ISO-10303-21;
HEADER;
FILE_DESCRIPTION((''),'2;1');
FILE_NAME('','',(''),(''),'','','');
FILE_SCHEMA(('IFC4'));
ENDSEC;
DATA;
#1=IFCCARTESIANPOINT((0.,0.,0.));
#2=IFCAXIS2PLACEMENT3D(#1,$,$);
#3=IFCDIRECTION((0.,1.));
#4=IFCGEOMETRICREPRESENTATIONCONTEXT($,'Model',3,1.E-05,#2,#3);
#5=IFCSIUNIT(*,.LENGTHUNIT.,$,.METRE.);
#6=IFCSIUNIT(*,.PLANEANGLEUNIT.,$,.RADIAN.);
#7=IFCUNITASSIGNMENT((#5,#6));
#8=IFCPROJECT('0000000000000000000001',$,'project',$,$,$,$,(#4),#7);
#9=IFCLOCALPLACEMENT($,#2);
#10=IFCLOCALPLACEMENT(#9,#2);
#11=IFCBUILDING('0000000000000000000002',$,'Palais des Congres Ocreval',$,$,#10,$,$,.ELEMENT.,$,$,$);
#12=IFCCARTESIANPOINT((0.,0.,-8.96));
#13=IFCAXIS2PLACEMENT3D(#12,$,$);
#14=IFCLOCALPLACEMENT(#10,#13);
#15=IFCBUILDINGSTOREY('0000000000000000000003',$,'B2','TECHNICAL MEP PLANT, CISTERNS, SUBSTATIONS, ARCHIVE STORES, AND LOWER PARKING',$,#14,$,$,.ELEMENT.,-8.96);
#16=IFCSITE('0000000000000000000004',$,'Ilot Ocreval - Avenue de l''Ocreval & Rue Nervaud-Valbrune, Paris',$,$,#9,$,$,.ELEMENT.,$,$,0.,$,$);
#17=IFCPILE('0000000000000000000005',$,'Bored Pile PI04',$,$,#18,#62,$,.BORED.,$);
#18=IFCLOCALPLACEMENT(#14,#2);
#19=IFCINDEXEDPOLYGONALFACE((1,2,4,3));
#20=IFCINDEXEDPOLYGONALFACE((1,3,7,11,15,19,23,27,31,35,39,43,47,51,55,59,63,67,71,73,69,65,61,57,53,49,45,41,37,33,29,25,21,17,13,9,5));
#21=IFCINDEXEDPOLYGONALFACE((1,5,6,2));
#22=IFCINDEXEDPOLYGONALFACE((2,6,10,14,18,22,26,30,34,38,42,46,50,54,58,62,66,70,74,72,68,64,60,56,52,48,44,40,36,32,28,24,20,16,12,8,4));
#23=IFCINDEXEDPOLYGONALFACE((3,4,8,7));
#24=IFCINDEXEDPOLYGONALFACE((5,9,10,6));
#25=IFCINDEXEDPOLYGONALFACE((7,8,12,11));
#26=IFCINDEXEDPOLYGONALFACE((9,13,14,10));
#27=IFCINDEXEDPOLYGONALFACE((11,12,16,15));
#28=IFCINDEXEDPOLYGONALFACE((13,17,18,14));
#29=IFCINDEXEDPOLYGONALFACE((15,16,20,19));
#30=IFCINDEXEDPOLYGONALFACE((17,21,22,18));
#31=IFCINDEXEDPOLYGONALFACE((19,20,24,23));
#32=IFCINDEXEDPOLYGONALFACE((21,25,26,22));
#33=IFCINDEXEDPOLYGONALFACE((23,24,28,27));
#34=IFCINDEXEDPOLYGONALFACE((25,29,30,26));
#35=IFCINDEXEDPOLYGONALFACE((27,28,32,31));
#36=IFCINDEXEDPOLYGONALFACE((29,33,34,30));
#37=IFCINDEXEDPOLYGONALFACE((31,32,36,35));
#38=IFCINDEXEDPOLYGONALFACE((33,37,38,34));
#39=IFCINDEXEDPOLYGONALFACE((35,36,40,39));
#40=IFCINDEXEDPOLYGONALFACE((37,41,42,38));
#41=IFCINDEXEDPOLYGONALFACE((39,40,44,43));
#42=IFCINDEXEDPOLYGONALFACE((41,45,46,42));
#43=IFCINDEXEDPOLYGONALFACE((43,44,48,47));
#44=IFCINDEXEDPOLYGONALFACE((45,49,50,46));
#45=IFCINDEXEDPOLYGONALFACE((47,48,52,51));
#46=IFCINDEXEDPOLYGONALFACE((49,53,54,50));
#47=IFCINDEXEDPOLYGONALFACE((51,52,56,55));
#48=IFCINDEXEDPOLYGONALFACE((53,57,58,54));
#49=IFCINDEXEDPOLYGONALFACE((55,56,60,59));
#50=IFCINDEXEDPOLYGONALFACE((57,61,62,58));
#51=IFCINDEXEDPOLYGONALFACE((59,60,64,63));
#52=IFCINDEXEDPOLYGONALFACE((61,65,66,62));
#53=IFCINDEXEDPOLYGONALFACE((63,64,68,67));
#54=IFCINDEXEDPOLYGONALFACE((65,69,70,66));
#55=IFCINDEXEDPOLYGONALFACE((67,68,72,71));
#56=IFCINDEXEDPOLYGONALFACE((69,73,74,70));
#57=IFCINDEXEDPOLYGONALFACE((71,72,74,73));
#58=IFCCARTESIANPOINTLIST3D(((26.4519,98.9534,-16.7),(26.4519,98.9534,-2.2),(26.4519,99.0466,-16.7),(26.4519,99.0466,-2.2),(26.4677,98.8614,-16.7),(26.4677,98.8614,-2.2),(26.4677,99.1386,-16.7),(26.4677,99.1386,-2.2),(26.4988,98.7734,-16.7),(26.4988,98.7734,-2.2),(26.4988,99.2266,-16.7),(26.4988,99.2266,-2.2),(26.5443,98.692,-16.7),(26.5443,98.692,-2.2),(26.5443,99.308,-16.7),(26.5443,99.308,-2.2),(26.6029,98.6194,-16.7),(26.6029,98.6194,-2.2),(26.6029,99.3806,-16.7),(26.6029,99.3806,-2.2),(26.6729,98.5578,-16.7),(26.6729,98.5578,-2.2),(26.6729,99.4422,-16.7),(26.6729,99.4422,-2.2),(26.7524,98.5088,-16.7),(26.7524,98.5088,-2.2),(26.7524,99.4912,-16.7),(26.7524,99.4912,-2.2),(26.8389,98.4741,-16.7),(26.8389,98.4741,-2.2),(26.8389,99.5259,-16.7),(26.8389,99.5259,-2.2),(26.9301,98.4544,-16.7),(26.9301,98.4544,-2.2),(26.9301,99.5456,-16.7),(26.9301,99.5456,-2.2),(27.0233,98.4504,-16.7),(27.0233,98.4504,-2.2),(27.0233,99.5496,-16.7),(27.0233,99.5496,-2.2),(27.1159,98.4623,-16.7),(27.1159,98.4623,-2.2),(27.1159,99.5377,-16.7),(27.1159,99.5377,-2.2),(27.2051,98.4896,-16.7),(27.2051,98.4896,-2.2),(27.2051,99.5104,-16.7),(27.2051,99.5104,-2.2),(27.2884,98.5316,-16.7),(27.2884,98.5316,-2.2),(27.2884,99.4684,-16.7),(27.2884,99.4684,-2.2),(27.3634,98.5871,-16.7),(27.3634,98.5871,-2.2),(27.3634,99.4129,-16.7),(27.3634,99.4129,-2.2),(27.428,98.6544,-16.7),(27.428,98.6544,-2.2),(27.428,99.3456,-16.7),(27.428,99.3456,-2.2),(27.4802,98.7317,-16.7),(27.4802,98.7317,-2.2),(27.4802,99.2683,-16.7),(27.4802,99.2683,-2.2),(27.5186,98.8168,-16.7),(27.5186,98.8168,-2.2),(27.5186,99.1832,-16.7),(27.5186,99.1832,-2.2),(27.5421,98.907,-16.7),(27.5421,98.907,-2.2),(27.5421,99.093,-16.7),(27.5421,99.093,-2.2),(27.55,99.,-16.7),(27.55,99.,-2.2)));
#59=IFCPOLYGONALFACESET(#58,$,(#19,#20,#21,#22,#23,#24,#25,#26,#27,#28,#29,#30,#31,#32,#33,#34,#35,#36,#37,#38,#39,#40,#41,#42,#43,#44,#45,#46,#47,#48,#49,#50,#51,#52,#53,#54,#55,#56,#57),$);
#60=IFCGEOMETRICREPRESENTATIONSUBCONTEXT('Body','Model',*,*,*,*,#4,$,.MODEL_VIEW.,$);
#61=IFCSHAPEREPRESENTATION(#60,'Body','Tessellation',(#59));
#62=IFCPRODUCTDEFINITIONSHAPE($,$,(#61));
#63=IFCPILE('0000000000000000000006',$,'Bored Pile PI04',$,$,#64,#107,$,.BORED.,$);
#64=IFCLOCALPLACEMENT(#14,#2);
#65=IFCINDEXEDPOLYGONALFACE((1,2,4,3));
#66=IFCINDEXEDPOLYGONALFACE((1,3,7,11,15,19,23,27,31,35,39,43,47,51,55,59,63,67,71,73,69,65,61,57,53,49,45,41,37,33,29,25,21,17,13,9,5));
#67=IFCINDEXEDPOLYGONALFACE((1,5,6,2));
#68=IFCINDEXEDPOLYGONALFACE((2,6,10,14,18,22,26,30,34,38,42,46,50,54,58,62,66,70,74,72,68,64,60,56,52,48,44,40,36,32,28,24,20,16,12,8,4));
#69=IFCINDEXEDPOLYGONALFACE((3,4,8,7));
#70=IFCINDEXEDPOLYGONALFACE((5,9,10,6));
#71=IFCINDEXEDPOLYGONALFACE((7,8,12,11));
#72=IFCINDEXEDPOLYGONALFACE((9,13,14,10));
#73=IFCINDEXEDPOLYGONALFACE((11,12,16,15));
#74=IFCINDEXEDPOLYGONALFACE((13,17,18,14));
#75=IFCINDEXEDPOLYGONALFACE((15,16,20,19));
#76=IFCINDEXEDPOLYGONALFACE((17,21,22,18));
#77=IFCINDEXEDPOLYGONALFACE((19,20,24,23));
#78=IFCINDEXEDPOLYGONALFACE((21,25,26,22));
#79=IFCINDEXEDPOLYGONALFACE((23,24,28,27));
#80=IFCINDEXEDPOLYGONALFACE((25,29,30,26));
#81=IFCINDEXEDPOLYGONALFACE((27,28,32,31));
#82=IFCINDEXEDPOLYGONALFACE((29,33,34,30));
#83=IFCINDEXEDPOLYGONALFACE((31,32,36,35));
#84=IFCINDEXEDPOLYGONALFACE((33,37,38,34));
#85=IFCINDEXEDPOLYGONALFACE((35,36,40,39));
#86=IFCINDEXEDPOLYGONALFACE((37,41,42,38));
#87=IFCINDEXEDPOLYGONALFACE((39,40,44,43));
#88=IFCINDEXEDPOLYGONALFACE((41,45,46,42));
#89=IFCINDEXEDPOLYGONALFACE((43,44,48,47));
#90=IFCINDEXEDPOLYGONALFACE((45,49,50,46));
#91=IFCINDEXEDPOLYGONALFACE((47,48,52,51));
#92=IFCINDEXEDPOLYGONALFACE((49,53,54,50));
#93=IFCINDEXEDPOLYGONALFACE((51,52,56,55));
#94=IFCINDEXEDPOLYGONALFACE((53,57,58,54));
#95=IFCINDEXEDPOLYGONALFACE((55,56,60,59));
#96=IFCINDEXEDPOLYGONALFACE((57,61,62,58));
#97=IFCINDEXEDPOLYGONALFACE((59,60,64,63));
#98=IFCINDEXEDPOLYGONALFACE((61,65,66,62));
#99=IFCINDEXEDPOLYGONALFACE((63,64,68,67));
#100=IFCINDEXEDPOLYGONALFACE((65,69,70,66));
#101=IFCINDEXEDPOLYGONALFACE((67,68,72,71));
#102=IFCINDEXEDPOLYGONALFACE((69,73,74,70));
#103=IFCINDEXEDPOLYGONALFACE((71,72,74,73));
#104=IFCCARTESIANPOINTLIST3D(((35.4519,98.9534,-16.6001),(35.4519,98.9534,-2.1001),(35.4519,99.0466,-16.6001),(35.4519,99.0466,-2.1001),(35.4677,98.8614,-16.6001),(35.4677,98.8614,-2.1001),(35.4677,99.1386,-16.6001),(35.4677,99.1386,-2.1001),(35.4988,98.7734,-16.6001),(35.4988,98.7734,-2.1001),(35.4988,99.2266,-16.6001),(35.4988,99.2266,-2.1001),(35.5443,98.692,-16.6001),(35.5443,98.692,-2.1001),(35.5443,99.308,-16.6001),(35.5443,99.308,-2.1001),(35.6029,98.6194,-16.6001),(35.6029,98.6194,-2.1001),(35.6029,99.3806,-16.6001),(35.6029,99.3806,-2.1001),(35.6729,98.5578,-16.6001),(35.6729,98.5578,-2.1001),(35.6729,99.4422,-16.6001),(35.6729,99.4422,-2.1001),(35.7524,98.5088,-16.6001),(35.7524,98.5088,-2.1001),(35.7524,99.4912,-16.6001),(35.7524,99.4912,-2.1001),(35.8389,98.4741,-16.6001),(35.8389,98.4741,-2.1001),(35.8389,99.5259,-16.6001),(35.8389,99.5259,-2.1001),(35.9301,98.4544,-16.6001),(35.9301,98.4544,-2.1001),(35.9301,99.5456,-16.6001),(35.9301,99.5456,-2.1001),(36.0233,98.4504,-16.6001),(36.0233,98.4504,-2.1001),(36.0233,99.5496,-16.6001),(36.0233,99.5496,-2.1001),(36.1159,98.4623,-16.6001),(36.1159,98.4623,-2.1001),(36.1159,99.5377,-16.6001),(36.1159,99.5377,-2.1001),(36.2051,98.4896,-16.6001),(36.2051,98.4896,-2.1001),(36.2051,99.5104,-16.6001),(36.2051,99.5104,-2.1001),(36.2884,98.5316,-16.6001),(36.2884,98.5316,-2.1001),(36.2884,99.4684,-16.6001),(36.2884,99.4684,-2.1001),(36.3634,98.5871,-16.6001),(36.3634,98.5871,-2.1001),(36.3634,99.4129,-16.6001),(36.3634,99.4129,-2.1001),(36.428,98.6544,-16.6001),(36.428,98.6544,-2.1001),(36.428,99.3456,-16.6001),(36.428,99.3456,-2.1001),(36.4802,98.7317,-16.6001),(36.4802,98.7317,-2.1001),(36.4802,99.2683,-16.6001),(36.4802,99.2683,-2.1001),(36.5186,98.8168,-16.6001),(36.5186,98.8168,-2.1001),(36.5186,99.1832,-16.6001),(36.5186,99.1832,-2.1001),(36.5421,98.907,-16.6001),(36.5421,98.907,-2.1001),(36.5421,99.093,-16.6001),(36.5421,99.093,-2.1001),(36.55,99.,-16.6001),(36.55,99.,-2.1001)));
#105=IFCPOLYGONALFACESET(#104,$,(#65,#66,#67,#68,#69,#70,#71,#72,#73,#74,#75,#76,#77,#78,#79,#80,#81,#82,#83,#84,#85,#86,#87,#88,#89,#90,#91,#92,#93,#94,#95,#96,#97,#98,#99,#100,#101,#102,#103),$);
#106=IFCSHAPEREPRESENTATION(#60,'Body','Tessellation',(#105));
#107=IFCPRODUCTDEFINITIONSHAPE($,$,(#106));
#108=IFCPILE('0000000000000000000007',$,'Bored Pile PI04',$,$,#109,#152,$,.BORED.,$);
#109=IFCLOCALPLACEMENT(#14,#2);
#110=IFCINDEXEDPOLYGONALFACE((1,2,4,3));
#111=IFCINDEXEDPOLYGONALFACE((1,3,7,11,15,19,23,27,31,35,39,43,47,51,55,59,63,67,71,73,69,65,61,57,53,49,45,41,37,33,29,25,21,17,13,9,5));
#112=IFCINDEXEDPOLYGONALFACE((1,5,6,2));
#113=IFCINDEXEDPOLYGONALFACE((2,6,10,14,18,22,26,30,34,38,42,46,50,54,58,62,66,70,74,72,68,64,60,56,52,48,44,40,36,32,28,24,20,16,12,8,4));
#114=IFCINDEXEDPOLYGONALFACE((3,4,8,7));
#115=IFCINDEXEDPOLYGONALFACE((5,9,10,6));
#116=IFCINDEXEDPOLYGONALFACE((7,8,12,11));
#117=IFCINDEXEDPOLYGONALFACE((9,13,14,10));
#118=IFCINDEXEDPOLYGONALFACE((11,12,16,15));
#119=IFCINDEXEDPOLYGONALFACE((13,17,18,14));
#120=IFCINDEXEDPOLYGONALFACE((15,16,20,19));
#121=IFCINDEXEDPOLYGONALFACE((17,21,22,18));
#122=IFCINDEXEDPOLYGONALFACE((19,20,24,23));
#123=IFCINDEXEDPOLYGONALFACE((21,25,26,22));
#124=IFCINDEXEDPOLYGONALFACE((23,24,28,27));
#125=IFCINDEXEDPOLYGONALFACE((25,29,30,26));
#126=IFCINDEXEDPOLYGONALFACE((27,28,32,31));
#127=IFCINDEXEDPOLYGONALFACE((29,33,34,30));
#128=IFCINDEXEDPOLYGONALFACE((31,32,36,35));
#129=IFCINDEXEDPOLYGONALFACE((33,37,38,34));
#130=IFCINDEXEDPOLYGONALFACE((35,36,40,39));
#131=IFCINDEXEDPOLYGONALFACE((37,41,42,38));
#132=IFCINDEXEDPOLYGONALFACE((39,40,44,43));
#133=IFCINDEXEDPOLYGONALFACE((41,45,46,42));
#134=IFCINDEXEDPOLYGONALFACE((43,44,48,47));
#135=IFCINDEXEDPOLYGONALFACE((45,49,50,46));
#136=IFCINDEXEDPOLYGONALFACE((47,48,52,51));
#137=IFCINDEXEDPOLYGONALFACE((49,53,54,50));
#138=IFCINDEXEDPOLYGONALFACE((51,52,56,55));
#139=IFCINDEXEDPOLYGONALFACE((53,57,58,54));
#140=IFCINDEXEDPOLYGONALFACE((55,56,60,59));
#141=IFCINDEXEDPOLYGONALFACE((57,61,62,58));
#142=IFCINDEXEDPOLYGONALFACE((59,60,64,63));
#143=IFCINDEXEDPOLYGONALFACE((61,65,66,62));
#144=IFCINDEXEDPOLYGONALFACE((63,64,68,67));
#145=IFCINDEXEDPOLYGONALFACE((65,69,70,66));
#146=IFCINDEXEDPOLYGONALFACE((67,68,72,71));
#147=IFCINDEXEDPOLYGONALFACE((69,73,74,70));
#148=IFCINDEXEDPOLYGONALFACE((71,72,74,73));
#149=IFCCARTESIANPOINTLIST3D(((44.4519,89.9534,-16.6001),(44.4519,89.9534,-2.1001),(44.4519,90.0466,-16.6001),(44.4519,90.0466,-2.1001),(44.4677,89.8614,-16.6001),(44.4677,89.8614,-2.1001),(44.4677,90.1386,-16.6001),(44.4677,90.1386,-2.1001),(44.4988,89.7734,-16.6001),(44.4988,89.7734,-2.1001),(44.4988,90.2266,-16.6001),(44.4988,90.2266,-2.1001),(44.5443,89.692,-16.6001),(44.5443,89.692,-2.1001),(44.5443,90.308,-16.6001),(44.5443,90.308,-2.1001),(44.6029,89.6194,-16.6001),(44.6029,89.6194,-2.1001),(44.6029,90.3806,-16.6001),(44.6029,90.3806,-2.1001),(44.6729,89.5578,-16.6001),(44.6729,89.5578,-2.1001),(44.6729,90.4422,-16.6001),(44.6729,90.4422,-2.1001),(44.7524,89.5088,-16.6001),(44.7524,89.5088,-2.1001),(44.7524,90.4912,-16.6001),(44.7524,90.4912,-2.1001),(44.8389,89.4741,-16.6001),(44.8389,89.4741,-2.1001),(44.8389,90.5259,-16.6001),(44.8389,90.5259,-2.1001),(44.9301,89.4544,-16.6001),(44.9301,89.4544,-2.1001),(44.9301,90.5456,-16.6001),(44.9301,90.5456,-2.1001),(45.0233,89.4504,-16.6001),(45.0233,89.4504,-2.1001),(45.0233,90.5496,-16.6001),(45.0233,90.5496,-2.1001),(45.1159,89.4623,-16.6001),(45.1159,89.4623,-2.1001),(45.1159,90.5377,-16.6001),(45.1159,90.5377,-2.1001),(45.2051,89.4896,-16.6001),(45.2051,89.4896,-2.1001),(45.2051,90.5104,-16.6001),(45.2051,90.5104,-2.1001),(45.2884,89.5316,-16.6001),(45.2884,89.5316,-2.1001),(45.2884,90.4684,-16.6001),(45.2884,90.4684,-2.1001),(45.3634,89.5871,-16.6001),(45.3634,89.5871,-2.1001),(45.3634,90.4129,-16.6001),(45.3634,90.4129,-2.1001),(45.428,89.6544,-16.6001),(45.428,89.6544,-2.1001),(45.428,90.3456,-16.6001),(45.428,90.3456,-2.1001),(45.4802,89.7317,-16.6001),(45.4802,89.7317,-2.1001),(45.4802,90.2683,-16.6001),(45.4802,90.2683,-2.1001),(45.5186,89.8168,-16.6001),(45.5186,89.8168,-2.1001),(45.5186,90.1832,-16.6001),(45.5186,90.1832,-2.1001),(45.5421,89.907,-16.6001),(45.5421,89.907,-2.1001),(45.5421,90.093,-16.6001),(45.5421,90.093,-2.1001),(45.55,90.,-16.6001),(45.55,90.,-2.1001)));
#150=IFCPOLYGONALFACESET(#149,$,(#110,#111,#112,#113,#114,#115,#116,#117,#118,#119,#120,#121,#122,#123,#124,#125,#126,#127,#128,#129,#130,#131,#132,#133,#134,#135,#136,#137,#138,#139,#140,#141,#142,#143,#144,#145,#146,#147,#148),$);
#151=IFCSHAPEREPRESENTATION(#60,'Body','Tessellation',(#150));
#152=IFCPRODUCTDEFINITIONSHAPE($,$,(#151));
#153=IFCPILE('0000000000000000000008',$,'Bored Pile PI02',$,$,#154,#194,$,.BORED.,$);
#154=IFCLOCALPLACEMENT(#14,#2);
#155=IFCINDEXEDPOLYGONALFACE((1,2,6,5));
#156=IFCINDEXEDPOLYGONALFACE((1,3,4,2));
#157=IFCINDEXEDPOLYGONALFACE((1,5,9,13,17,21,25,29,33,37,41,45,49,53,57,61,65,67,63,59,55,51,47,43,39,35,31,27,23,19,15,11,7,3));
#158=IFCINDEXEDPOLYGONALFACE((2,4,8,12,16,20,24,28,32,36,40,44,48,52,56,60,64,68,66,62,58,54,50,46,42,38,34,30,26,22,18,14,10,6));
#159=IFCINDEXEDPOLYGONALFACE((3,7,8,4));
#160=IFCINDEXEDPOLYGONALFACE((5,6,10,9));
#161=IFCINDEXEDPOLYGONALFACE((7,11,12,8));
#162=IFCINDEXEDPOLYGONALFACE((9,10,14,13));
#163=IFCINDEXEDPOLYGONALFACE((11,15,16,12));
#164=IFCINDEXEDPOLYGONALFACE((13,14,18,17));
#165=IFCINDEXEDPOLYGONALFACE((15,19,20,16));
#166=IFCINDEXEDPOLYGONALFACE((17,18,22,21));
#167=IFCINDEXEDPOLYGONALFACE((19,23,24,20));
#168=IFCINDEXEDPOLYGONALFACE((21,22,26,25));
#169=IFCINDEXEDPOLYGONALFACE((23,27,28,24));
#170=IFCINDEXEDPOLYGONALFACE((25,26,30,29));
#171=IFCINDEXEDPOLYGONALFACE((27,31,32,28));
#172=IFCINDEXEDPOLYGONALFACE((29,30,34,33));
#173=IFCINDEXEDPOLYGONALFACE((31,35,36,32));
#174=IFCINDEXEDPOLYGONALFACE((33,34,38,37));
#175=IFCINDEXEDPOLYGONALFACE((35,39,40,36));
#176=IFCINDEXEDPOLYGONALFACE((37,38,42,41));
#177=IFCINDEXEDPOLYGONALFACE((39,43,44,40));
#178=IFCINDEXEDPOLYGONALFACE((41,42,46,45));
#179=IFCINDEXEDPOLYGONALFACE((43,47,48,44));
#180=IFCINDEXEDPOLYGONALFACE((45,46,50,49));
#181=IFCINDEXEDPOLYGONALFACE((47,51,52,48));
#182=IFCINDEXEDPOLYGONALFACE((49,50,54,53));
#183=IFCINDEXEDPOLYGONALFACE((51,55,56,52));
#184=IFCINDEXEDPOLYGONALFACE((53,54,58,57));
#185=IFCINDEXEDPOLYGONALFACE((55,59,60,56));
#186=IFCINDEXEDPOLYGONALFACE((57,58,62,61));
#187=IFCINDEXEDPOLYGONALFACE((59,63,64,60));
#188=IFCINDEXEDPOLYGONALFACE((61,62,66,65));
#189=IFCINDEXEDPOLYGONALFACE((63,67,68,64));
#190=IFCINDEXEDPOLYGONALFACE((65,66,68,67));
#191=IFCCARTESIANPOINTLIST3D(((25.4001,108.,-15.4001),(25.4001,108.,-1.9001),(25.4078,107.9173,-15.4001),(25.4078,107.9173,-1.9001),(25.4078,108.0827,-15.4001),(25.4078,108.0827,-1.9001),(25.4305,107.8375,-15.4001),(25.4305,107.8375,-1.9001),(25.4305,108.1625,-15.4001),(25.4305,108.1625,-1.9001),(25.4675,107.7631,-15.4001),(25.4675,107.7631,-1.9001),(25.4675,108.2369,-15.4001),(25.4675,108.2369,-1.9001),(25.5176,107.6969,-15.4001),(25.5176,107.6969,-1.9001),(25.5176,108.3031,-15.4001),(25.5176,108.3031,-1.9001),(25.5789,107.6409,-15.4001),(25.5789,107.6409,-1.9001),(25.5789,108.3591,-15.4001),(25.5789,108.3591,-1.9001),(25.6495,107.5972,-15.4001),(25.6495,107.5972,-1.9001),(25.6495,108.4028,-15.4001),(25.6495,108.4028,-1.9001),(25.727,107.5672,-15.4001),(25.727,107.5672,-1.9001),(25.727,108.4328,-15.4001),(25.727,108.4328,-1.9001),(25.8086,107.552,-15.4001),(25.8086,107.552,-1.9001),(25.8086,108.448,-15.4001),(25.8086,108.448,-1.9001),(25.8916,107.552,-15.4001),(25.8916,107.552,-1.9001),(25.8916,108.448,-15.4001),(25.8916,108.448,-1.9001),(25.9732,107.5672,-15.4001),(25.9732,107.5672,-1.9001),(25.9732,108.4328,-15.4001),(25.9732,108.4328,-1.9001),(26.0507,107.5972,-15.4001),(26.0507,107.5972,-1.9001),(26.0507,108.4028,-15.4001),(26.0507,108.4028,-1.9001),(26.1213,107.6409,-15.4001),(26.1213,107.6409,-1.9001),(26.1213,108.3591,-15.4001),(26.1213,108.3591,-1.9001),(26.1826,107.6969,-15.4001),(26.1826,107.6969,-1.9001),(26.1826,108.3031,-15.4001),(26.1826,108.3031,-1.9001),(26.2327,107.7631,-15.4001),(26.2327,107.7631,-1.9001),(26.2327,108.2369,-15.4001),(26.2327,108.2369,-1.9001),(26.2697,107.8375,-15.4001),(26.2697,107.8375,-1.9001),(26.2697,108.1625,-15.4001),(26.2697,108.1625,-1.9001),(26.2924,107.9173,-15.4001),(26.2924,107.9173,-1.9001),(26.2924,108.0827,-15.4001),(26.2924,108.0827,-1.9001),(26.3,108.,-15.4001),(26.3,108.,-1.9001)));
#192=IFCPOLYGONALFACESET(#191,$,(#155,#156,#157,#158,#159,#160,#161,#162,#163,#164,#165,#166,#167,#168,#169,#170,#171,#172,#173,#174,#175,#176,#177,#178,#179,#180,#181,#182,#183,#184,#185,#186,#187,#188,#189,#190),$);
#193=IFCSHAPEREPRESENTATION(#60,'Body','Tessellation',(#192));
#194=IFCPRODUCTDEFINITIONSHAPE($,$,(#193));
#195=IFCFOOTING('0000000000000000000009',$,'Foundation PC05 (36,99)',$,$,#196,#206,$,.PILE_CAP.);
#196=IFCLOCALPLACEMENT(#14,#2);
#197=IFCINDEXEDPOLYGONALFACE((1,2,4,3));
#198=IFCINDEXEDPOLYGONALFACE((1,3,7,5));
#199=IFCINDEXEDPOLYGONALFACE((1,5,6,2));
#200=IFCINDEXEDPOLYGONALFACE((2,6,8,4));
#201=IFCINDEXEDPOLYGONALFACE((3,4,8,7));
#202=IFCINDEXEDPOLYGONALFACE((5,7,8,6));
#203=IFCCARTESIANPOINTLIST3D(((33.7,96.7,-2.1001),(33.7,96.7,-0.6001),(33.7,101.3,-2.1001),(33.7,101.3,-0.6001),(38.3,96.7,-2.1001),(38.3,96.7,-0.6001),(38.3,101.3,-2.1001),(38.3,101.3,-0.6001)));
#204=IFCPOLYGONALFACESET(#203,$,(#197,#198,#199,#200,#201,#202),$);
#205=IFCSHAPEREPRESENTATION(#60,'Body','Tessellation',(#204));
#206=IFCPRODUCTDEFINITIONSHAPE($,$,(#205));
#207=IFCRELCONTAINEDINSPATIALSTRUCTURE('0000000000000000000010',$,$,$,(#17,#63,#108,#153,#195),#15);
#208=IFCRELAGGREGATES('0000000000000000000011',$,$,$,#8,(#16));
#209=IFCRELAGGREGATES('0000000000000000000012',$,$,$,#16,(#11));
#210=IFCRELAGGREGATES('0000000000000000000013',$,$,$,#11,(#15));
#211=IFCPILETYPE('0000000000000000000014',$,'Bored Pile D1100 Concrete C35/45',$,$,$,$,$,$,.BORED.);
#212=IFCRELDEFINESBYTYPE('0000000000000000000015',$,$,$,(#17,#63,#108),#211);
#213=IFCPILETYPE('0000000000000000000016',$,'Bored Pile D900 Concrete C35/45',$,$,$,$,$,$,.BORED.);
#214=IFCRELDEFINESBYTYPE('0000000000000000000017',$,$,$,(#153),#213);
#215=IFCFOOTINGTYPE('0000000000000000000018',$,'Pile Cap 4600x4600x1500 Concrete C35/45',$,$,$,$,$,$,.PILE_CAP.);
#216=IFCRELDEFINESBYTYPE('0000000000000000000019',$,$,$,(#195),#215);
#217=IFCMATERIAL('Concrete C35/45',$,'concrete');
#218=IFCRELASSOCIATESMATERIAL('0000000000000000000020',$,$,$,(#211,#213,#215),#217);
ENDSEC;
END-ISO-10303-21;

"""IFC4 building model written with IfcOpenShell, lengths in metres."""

from ifc_helpers import new_model, si_unit, direction, frame, origin, origin_2d, place, context, subcontext, project, spatial, rectangle, circle, extrude, material, material_profile, profile_set, type_object, element, save


model = new_model("IFC4")

# Units and contexts
model_context = context("Model", 3, precision=1e-05, world=origin(), true_north=direction((0.0, 1.0)))
body_context = subcontext(model_context, "Body", "Model", "MODEL_VIEW")
ifc_project = project(units=[si_unit("LENGTHUNIT", "METRE"), si_unit("PLANEANGLEUNIT", "RADIAN")], contexts=[model_context])

# Site, building, storey
site_placement = place(None, origin())
site = spatial("IfcSite", under=ifc_project, at=site_placement, Name="Ilot Ocreval - Avenue de l'Ocreval & Rue Nervaud-Valbrune, Paris", CompositionType="ELEMENT", RefElevation=0.0)
building_placement = place(site_placement, origin())
building = spatial("IfcBuilding", under=site, at=building_placement, Name="Palais des Congres Ocreval", CompositionType="ELEMENT")
storey_placement = place(building_placement, frame((0.0, 0.0, -8.96)))
storey = spatial("IfcBuildingStorey", under=building, at=storey_placement, Name="B2", Description="TECHNICAL MEP PLANT, CISTERNS, SUBSTATIONS, ARCHIVE STORES, AND LOWER PARKING", CompositionType="ELEMENT", Elevation=-8.96)

# Piles
ifc_material_1 = material(Name="Concrete C35/45", Category="concrete")
ifc_material_profile_1 = material_profile(ifc_material_1, circle(Radius=0.55, at=origin_2d()), Name="BORED PILE 1100")
ifc_profile_set_1 = profile_set([ifc_material_profile_1], Name="Concrete C35/45")
pile_type_1 = type_object("IfcPileType", Name="Bored Pile D1100 Concrete C35/45", PredefinedType="BORED", material=ifc_profile_set_1)
for number, where, z_axis, x_axis, name in (
    (1, (27.0, 99.0, -2.2), (0.0, 0.0, -1.0), (1.0, 0.0, 0.0), "Bored Pile PI04"),
    (2, (36.0, 99.0, -2.1001), (0.0, 0.0, -1.0), (1.0, 0.0, 0.0), "Bored Pile PI04"),
    (3, (45.0, 90.0, -2.1001), (0.0, 0.0, -1.0), (1.0, 0.0, 0.0), "Bored Pile PI04"),
):
    element("IfcPile", number, at=place(storey_placement, frame(where, z_axis=z_axis, x_axis=x_axis)), inside=storey, type_object=pile_type_1, Name=name, PredefinedType="BORED", context=body_context, shape_type="SweptSolid", body=[
        extrude(circle(Radius=0.55, at=origin_2d()), origin(), (0.0, 0.0, 1.0), 14.5),
    ])
ifc_material_profile_2 = material_profile(ifc_material_1, circle(Radius=0.45, at=origin_2d()), Name="BORED PILE 900")
ifc_profile_set_2 = profile_set([ifc_material_profile_2], Name="Concrete C35/45")
pile_type_2 = type_object("IfcPileType", Name="Bored Pile D900 Concrete C35/45", PredefinedType="BORED", material=ifc_profile_set_2)
pile_placement = place(storey_placement, frame((25.8501, 108.0, -1.9001), z_axis=(0.0, 0.0, -1.0), x_axis=(1.0, 0.0, 0.0)))
element("IfcPile", 4, at=pile_placement, inside=storey, type_object=pile_type_2, Name="Bored Pile PI02", PredefinedType="BORED", context=body_context, shape_type="SweptSolid", body=[
    extrude(circle(Radius=0.45, at=origin_2d()), origin(), (0.0, 0.0, 1.0), 13.5),
])

# Footing
footing_type_1 = type_object("IfcFootingType", Name="Pile Cap 4600x4600x1500 Concrete C35/45", PredefinedType="PILE_CAP", material=ifc_material_1)
for number, where, z_axis, x_axis, name in (
    (5, (36.0, 99.0, -2.1001), (0.0, 0.0, 1.0), (1.0, 0.0, 0.0), "Foundation PC05 (36,99)"),
):
    element("IfcFooting", number, at=place(storey_placement, frame(where, z_axis=z_axis, x_axis=x_axis)), inside=storey, type_object=footing_type_1, Name=name, PredefinedType="PILE_CAP", context=body_context, shape_type="SweptSolid", body=[
        extrude(rectangle(XDim=4.6001, YDim=4.6001, at=origin_2d()), origin(), (0.0, 0.0, 1.0), 1.5),
    ])

save(model, "model.ifc")
